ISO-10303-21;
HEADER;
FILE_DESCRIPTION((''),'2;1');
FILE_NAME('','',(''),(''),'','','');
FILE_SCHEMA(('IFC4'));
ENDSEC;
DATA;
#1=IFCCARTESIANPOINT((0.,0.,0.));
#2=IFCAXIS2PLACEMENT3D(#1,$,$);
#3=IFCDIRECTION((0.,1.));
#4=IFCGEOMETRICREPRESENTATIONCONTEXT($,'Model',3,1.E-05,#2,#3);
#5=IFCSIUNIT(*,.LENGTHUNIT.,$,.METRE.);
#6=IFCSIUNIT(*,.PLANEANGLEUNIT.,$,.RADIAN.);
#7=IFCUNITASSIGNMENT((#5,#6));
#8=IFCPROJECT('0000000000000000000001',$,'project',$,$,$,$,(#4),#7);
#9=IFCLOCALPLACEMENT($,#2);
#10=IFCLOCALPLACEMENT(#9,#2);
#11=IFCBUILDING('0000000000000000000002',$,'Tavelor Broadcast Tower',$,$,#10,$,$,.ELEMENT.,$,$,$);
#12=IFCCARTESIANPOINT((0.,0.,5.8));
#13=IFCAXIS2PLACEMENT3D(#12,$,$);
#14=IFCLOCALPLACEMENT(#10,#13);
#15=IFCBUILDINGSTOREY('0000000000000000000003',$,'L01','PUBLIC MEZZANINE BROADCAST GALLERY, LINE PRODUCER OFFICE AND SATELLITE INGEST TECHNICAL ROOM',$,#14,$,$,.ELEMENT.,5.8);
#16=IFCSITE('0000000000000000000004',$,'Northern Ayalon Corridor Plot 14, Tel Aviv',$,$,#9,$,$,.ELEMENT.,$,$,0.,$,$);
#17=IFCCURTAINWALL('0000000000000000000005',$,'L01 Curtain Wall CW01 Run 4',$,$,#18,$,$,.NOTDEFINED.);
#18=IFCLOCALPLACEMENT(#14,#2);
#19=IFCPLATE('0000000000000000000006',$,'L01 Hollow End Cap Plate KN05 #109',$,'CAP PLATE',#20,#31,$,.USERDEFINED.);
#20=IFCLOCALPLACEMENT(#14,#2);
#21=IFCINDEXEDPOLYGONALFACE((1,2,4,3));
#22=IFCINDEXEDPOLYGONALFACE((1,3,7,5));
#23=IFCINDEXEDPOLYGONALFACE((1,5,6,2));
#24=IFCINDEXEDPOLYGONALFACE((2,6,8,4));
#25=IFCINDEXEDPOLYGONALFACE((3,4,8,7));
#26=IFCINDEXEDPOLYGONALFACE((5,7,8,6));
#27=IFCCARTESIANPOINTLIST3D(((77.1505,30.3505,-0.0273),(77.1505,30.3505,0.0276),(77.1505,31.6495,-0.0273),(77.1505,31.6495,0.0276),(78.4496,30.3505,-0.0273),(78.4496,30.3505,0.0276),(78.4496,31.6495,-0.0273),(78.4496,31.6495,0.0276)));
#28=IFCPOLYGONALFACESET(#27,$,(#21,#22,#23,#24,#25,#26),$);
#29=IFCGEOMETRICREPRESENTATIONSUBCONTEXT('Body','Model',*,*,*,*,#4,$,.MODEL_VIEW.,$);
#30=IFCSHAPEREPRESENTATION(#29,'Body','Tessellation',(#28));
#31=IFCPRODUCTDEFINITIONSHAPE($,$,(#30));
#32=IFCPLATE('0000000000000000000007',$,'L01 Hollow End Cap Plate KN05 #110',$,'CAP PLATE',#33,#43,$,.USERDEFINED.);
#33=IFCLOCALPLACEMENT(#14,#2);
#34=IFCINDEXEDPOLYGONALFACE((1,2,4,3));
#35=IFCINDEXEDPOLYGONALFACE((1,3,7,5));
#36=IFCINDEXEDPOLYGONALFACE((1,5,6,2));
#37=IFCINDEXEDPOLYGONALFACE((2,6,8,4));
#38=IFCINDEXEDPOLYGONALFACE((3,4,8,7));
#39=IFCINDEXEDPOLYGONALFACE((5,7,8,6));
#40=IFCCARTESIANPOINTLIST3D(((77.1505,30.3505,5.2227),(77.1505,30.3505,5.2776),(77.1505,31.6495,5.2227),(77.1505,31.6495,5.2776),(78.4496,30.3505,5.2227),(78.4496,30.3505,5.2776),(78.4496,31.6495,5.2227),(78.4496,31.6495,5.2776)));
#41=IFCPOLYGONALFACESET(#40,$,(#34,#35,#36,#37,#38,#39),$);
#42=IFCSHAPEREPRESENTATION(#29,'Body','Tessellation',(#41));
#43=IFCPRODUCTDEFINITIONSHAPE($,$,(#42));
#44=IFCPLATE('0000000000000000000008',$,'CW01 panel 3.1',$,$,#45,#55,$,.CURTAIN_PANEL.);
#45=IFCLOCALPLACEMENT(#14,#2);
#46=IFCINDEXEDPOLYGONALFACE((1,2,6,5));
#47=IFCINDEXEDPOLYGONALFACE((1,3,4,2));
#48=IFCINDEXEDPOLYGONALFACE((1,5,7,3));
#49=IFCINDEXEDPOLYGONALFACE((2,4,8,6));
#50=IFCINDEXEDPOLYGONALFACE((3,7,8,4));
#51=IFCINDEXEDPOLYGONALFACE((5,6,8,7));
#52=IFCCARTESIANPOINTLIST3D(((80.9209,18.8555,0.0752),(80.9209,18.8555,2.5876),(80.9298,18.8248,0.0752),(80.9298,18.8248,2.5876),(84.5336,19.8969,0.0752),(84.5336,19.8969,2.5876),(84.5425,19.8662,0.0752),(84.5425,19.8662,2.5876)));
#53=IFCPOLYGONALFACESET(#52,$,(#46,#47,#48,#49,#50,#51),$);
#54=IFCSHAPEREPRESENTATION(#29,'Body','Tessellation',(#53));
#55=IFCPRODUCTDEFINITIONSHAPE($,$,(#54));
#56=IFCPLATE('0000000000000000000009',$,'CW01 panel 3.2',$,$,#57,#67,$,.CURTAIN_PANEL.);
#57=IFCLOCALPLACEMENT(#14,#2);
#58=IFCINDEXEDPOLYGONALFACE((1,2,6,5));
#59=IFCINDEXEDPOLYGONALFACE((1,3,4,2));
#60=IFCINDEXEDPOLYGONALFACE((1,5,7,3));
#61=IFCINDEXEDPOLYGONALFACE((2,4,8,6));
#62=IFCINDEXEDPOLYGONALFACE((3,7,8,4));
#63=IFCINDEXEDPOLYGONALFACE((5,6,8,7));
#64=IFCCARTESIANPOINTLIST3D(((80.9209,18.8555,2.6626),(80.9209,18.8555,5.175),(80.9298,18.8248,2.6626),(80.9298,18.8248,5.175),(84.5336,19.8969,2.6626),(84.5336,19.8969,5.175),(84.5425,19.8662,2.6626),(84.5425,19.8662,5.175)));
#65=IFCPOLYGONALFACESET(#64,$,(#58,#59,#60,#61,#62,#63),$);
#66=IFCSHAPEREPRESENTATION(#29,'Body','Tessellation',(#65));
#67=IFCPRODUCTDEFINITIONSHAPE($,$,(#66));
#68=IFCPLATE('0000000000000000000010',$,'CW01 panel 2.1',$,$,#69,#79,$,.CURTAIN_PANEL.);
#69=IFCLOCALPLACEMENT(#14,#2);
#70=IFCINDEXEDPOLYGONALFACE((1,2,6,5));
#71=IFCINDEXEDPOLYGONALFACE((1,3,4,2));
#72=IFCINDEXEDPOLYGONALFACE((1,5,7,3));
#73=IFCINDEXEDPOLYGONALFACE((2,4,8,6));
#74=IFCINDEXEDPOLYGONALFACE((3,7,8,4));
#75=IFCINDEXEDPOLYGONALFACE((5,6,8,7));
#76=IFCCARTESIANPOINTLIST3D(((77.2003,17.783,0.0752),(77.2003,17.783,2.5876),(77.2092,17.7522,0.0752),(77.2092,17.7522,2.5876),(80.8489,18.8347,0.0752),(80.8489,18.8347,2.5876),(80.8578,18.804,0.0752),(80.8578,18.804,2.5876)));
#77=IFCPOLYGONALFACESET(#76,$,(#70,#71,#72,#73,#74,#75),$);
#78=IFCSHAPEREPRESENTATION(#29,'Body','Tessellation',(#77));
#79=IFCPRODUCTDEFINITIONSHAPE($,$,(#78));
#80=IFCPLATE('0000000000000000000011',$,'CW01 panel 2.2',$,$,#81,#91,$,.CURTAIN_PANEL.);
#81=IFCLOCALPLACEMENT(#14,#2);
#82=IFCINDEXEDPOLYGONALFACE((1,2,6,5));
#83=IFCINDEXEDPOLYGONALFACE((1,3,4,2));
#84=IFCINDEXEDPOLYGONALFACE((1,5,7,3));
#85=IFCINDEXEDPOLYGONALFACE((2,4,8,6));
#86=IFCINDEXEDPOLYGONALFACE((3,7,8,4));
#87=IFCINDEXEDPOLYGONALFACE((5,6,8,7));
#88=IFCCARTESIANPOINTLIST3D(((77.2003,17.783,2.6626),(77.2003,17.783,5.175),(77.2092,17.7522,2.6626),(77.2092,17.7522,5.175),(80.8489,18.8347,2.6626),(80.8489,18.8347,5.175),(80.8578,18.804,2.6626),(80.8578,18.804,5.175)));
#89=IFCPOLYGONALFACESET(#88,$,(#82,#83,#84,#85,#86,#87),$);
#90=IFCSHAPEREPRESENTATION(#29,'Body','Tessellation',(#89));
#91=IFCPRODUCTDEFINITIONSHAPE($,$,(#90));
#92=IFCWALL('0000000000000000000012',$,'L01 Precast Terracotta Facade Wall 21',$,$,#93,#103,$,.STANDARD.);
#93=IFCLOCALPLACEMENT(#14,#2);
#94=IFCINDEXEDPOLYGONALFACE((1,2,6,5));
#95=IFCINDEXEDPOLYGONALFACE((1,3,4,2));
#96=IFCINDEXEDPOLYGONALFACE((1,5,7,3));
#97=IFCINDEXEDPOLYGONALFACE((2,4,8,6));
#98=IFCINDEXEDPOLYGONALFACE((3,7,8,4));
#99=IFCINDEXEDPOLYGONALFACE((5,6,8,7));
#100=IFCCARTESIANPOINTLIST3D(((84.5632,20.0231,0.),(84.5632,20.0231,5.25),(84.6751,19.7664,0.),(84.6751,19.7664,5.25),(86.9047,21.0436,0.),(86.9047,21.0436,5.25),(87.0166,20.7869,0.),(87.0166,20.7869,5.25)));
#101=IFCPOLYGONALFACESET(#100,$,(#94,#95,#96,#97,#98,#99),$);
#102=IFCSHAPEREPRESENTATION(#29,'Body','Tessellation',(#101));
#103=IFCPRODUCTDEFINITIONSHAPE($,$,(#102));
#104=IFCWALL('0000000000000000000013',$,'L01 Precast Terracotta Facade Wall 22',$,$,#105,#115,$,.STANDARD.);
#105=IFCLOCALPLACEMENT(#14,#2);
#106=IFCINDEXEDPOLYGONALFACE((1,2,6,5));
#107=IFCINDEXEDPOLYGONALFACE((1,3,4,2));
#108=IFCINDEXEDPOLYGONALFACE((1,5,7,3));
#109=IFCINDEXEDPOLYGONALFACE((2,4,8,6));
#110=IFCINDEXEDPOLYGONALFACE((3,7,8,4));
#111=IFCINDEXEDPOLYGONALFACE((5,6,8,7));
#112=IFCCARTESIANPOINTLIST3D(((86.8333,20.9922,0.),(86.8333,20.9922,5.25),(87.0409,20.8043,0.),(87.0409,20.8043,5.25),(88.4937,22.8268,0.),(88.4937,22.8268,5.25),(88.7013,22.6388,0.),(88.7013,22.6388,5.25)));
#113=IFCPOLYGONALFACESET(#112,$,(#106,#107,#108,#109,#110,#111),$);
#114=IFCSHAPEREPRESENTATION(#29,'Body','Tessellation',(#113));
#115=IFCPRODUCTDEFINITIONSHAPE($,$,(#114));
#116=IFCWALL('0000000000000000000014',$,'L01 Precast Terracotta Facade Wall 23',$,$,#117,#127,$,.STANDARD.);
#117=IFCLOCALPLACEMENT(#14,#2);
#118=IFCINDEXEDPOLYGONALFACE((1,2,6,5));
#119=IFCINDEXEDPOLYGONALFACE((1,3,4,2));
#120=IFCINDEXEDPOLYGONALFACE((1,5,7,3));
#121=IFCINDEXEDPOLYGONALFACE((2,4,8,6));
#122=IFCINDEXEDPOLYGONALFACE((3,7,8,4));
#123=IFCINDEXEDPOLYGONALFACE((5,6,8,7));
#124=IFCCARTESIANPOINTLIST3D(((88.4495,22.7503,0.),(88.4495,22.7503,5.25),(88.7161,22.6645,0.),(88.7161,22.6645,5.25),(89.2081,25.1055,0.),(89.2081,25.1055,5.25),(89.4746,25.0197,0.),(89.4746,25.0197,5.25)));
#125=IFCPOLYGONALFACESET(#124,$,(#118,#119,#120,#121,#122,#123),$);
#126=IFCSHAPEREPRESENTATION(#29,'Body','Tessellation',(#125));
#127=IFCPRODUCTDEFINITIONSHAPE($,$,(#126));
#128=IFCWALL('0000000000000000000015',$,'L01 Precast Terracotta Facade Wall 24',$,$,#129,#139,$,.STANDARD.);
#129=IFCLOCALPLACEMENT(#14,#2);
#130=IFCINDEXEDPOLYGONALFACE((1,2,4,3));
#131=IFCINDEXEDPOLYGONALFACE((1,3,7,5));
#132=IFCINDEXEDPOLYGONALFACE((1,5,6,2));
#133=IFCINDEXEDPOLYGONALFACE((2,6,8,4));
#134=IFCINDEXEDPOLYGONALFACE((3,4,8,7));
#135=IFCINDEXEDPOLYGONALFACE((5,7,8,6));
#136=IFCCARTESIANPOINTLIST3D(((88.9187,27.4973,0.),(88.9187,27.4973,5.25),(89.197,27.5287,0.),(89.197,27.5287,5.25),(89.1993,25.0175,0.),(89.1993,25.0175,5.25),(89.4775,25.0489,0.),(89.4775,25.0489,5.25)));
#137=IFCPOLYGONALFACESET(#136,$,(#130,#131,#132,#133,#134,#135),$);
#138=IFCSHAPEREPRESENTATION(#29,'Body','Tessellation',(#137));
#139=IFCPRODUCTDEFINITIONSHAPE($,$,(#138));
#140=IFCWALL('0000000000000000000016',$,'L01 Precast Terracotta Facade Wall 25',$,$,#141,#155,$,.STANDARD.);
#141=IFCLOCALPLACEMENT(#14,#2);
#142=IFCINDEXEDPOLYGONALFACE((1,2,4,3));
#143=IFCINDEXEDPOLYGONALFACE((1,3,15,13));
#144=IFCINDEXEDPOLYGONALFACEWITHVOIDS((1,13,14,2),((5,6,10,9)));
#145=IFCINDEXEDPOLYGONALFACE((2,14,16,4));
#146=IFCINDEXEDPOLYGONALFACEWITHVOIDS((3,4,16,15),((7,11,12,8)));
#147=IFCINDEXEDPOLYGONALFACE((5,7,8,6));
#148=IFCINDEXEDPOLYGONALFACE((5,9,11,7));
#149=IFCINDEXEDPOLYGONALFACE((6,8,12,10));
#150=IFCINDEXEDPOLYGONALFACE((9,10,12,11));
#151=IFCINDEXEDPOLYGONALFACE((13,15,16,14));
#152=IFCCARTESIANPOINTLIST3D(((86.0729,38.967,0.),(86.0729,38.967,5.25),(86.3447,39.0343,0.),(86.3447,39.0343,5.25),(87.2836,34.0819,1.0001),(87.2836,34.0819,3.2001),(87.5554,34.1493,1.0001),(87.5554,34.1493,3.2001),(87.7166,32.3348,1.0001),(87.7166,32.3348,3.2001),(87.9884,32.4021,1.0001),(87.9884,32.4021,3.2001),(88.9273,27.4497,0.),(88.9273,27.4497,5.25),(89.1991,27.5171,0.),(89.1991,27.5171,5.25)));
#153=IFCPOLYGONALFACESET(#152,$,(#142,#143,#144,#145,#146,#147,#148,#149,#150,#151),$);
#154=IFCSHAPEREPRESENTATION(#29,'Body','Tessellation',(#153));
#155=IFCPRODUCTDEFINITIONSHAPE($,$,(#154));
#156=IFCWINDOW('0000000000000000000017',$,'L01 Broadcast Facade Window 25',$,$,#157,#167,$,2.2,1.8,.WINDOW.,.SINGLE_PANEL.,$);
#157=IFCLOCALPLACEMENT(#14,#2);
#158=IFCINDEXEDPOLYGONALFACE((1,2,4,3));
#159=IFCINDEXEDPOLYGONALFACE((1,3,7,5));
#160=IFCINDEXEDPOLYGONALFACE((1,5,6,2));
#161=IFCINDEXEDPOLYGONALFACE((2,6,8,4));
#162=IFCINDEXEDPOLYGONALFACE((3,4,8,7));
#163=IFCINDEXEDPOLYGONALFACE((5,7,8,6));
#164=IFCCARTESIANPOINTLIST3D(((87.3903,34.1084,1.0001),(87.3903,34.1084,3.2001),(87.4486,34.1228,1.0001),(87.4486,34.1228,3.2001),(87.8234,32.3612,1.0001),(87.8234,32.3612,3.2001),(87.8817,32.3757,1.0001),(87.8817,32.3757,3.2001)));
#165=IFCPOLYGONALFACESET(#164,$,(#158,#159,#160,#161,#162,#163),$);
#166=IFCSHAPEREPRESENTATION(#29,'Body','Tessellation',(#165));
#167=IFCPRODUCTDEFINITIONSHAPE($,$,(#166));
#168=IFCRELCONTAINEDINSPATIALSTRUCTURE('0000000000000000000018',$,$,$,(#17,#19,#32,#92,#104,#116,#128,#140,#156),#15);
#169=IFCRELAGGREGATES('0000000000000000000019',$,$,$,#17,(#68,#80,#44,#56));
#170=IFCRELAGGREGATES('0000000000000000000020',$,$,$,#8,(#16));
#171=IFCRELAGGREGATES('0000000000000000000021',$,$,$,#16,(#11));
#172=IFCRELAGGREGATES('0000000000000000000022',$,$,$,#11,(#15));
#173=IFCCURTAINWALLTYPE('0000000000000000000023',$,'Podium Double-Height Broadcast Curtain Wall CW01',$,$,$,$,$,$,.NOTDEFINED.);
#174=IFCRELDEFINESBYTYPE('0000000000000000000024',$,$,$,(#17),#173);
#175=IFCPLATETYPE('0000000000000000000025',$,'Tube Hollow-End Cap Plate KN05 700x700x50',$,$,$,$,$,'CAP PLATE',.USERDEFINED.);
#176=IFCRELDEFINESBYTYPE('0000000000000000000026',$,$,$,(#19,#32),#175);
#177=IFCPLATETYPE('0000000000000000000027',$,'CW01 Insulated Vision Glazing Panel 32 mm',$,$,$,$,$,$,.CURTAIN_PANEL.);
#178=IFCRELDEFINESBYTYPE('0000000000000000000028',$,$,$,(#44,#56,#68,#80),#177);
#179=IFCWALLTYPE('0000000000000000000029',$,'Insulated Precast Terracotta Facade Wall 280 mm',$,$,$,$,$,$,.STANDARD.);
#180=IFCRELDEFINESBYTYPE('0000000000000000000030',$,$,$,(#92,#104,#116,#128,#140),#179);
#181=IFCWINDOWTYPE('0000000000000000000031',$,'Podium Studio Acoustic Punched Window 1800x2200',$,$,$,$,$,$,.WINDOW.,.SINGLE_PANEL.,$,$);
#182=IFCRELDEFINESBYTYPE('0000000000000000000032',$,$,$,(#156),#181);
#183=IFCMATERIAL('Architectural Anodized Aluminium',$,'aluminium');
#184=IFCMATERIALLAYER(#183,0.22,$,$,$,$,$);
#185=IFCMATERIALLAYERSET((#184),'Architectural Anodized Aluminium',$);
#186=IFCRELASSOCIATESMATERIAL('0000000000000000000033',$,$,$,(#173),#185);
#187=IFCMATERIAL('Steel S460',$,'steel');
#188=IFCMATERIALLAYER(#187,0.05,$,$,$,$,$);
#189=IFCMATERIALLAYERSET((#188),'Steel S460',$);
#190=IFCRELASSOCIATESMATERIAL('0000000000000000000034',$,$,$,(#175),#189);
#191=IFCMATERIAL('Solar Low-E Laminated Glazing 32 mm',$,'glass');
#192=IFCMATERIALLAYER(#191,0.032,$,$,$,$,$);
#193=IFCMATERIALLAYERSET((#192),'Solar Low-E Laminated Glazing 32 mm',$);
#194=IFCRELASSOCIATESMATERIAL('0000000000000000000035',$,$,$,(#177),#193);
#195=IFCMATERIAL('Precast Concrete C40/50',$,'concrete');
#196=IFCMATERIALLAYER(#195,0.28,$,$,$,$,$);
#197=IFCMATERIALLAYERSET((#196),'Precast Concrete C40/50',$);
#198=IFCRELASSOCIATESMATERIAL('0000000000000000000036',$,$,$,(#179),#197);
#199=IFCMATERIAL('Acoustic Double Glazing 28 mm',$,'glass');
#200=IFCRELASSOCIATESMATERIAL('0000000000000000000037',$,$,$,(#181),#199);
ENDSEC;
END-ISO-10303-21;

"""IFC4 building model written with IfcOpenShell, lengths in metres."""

from ifc_helpers import new_model, si_unit, direction, frame, frame_2d, origin, origin_2d, place, context, subcontext, project, spatial, rectangle, extrude, source, transform, mapped, material, layer, layer_set, type_object, type_shapes, element, fill, aggregate, save


model = new_model("IFC4")

# Units and contexts
model_context = context("Model", 3, precision=1e-05, world=origin(), true_north=direction((0.0, 1.0)))
body_context = subcontext(model_context, "Body", "Model", "MODEL_VIEW")
ifc_project = project(units=[si_unit("LENGTHUNIT", "METRE"), si_unit("PLANEANGLEUNIT", "RADIAN")], contexts=[model_context])

# Site, building, storey
site_placement = place(None, origin())
site = spatial("IfcSite", under=ifc_project, at=site_placement, Name="Northern Ayalon Corridor Plot 14, Tel Aviv", CompositionType="ELEMENT", RefElevation=0.0)
building_placement = place(site_placement, origin())
building = spatial("IfcBuilding", under=site, at=building_placement, Name="Tavelor Broadcast Tower", CompositionType="ELEMENT")
storey_placement = place(building_placement, frame((0.0, 0.0, 5.8)))
storey = spatial("IfcBuildingStorey", under=building, at=storey_placement, Name="L01", Description="PUBLIC MEZZANINE BROADCAST GALLERY, LINE PRODUCER OFFICE AND SATELLITE INGEST TECHNICAL ROOM", CompositionType="ELEMENT", Elevation=5.8)

# Shared definitions
ifc_material_1 = material(Name="Steel S460", Category="steel")

# Curtain wall
ifc_material_2 = material(Name="Architectural Anodized Aluminium", Category="aluminium")
ifc_layer_1 = layer(ifc_material_2, 0.22)
ifc_layer_set_1 = layer_set([ifc_layer_1], Name="Architectural Anodized Aluminium")
curtain_wall_type = type_object("IfcCurtainWallType", Name="Podium Double-Height Broadcast Curtain Wall CW01", PredefinedType="NOTDEFINED", material=ifc_layer_set_1)
curtain_wall_placement = place(storey_placement, origin())
curtain_wall = element("IfcCurtainWall", 1, at=curtain_wall_placement, inside=storey, type_object=curtain_wall_type, Name="L01 Curtain Wall CW01 Run 4", PredefinedType="NOTDEFINED")

# Plates
ifc_layer_2 = layer(ifc_material_1, 0.05)
ifc_layer_set_2 = layer_set([ifc_layer_2], Name="Steel S460")
plate_type_1 = type_object("IfcPlateType", Name="Tube Hollow-End Cap Plate KN05 700x700x50", ElementType="CAP PLATE", PredefinedType="USERDEFINED", material=ifc_layer_set_2)
shared_shape_1 = source(origin(), body_context, "Body", "SweptSolid", [
    extrude(rectangle(XDim=1.2991, YDim=1.2991, at=origin_2d()), origin(), (0.0, 0.0, 1.0), 0.0549),
])
type_shapes(plate_type_1, [shared_shape_1])
for number, where, z_axis, x_axis, name in (
    (2, (77.8, 31.0, -0.0273), (0.0, 0.0, 1.0), (1.0, 0.0, 0.0), "L01 Hollow End Cap Plate KN05 #109"),
    (3, (77.8, 31.0, 5.2227), (0.0, 0.0, 1.0), (1.0, 0.0, 0.0), "L01 Hollow End Cap Plate KN05 #110"),
):
    element("IfcPlate", number, at=place(storey_placement, frame(where, z_axis=z_axis, x_axis=x_axis)), inside=storey, type_object=plate_type_1, Name=name, ObjectType="CAP PLATE", PredefinedType="USERDEFINED", context=body_context, shape_type="MappedRepresentation", body=[
        mapped(shared_shape_1, transform((0.0, 0.0, 0.0), scale=1.0)),
    ])

# Plates
ifc_material_3 = material(Name="Solar Low-E Laminated Glazing 32 mm", Category="glass")
ifc_layer_3 = layer(ifc_material_3, 0.032)
ifc_layer_set_3 = layer_set([ifc_layer_3], Name="Solar Low-E Laminated Glazing 32 mm")
plate_type_2 = type_object("IfcPlateType", Name="CW01 Insulated Vision Glazing Panel 32 mm", PredefinedType="CURTAIN_PANEL", material=ifc_layer_set_3)
shared_shape_2 = source(origin(), body_context, "Body", "SweptSolid", [
    extrude(rectangle(XDim=3.7598, YDim=0.032, at=origin_2d()), origin(), (0.0, 0.0, 1.0), 2.5125),
])
plate_1_placement = place(storey_placement, frame((82.7317, 19.3608, 0.0752), z_axis=(0.0, 0.0, 1.0), x_axis=(0.960876, 0.276981, 0.0)))
plate_1 = element("IfcPlate", 4, at=plate_1_placement, type_object=plate_type_2, Name="CW01 panel 3.1", PredefinedType="CURTAIN_PANEL", context=body_context, shape_type="MappedRepresentation", body=[
    mapped(shared_shape_2, transform((0.0, 0.0, 0.0), scale=1.0)),
])
plate_2_placement = place(storey_placement, frame((82.7317, 19.3608, 2.6626), z_axis=(0.0, 0.0, 1.0), x_axis=(0.960876, 0.276981, 0.0)))
plate_2 = element("IfcPlate", 5, at=plate_2_placement, type_object=plate_type_2, Name="CW01 panel 3.2", PredefinedType="CURTAIN_PANEL", context=body_context, shape_type="MappedRepresentation", body=[
    mapped(shared_shape_2, transform((0.0, 0.0, 0.0), scale=1.0)),
])
shared_shape_3 = source(origin(), body_context, "Body", "SweptSolid", [
    extrude(rectangle(XDim=3.7971, YDim=0.032, at=origin_2d()), origin(), (0.0, 0.0, 1.0), 2.5125),
])
type_shapes(plate_type_2, [shared_shape_2, shared_shape_3])
plate_3_placement = place(storey_placement, frame((79.0291, 18.2935, 0.0752), z_axis=(0.0, 0.0, 1.0), x_axis=(0.960876, 0.276981, 0.0)))
plate_3 = element("IfcPlate", 6, at=plate_3_placement, type_object=plate_type_2, Name="CW01 panel 2.1", PredefinedType="CURTAIN_PANEL", context=body_context, shape_type="MappedRepresentation", body=[
    mapped(shared_shape_3, transform((0.0, 0.0, 0.0), scale=1.0)),
])
plate_4_placement = place(storey_placement, frame((79.0291, 18.2935, 2.6626), z_axis=(0.0, 0.0, 1.0), x_axis=(0.960876, 0.276981, 0.0)))
plate_4 = element("IfcPlate", 7, at=plate_4_placement, type_object=plate_type_2, Name="CW01 panel 2.2", PredefinedType="CURTAIN_PANEL", context=body_context, shape_type="MappedRepresentation", body=[
    mapped(shared_shape_3, transform((0.0, 0.0, 0.0), scale=1.0)),
])
aggregate(curtain_wall, [plate_3, plate_4, plate_1, plate_2])

# Walls
ifc_material_4 = material(Name="Precast Concrete C40/50", Category="concrete")
ifc_layer_4 = layer(ifc_material_4, 0.28)
ifc_layer_set_4 = layer_set([ifc_layer_4], Name="Precast Concrete C40/50")
wall_type = type_object("IfcWallType", Name="Insulated Precast Terracotta Facade Wall 280 mm", PredefinedType="STANDARD", material=ifc_layer_set_4)
wall_1_placement = place(storey_placement, frame((84.6191, 19.8948, 0.0), z_axis=(0.0, 0.0, 1.0), x_axis=(0.91672, 0.39953, 0.0)))
element("IfcWall", 8, at=wall_1_placement, inside=storey, type_object=wall_type, Name="L01 Precast Terracotta Facade Wall 21", PredefinedType="STANDARD", context=body_context, shape_type="SweptSolid", body=[
    extrude(rectangle(XDim=2.5542, YDim=0.28, at=frame_2d((1.2771, 0.0))), origin(), (0.0, 0.0, 1.0), 5.25),
])
for number, where, z_axis, x_axis, name in (
    (9, (86.937, 20.8982, 0.0), (0.0, 0.0, 1.0), (0.671055, 0.741407, 0.0), "L01 Precast Terracotta Facade Wall 22"),
    (10, (88.5828, 22.7073, 0.0), (0.0, 0.0, 1.0), (0.306562, 0.951851, 0.0), "L01 Precast Terracotta Facade Wall 23"),
):
    element("IfcWall", number, at=place(storey_placement, frame(where, z_axis=z_axis, x_axis=x_axis)), inside=storey, type_object=wall_type, Name=name, PredefinedType="STANDARD", context=body_context, shape_type="SweptSolid", body=[
        extrude(rectangle(XDim=2.4744, YDim=0.28, at=frame_2d((1.2373, 0.0))), origin(), (0.0, 0.0, 1.0), 5.25),
    ])
wall_2_placement = place(storey_placement, frame((89.3384, 25.0332, 0.0), z_axis=(0.0, 0.0, 1.0), x_axis=(-0.112407, 0.993662, 0.0)))
element("IfcWall", 11, at=wall_2_placement, inside=storey, type_object=wall_type, Name="L01 Precast Terracotta Facade Wall 24", PredefinedType="STANDARD", context=body_context, shape_type="SweptSolid", body=[
    extrude(rectangle(XDim=2.4956, YDim=0.28, at=frame_2d((1.2478, 0.0))), origin(), (0.0, 0.0, 1.0), 5.25),
])

# Wall, opening, window
wall_3_placement = place(storey_placement, frame((89.0632, 27.4834, 0.0), z_axis=(0.0, 0.0, 1.0), x_axis=(-0.240565, 0.970633, 0.0)))
wall_3 = element("IfcWall", 12, at=wall_3_placement, inside=storey, type_object=wall_type, Name="L01 Precast Terracotta Facade Wall 25", PredefinedType="STANDARD", context=body_context, shape_type="SweptSolid", body=[
    extrude(rectangle(XDim=11.8657, YDim=0.28, at=frame_2d((5.9329, 0.0))), origin(), (0.0, 0.0, 1.0), 5.25),
])
opening_placement = place(wall_3_placement, frame((5.033, 0.0, 1.0)))
opening = element("IfcOpeningElement", 13, at=opening_placement, cuts=wall_3, PredefinedType="OPENING", context=body_context, shape_type="SweptSolid", body=[
    extrude(rectangle(XDim=1.8, YDim=2.2, at=frame_2d((0.8999, 1.1001))), frame((0.0, 0.1499, 0.0), z_axis=(0.0, -1.0, 0.0), x_axis=(1.0, 0.0, 0.0)), (0.0, 0.0, 1.0), 0.3),
])
ifc_material_5 = material(Name="Acoustic Double Glazing 28 mm", Category="glass")
window_type = type_object("IfcWindowType", Name="Podium Studio Acoustic Punched Window 1800x2200", PartitioningType="SINGLE_PANEL", PredefinedType="WINDOW", material=ifc_material_5)
window_placement = place(opening_placement, origin())
window = element("IfcWindow", 14, at=window_placement, inside=storey, type_object=window_type, Name="L01 Broadcast Facade Window 25", OverallHeight=2.2, OverallWidth=1.8, PartitioningType="SINGLE_PANEL", PredefinedType="WINDOW", context=body_context, shape_type="SweptSolid", body=[
    extrude(rectangle(XDim=1.8, YDim=2.2, at=frame_2d((0.8999, 1.1001))), frame((0.0, 0.03, 0.0), z_axis=(0.0, -1.0, 0.0), x_axis=(1.0, 0.0, 0.0)), (0.0, 0.0, 1.0), 0.0601),
])
fill(opening, window)

save(model, "model.ifc")
